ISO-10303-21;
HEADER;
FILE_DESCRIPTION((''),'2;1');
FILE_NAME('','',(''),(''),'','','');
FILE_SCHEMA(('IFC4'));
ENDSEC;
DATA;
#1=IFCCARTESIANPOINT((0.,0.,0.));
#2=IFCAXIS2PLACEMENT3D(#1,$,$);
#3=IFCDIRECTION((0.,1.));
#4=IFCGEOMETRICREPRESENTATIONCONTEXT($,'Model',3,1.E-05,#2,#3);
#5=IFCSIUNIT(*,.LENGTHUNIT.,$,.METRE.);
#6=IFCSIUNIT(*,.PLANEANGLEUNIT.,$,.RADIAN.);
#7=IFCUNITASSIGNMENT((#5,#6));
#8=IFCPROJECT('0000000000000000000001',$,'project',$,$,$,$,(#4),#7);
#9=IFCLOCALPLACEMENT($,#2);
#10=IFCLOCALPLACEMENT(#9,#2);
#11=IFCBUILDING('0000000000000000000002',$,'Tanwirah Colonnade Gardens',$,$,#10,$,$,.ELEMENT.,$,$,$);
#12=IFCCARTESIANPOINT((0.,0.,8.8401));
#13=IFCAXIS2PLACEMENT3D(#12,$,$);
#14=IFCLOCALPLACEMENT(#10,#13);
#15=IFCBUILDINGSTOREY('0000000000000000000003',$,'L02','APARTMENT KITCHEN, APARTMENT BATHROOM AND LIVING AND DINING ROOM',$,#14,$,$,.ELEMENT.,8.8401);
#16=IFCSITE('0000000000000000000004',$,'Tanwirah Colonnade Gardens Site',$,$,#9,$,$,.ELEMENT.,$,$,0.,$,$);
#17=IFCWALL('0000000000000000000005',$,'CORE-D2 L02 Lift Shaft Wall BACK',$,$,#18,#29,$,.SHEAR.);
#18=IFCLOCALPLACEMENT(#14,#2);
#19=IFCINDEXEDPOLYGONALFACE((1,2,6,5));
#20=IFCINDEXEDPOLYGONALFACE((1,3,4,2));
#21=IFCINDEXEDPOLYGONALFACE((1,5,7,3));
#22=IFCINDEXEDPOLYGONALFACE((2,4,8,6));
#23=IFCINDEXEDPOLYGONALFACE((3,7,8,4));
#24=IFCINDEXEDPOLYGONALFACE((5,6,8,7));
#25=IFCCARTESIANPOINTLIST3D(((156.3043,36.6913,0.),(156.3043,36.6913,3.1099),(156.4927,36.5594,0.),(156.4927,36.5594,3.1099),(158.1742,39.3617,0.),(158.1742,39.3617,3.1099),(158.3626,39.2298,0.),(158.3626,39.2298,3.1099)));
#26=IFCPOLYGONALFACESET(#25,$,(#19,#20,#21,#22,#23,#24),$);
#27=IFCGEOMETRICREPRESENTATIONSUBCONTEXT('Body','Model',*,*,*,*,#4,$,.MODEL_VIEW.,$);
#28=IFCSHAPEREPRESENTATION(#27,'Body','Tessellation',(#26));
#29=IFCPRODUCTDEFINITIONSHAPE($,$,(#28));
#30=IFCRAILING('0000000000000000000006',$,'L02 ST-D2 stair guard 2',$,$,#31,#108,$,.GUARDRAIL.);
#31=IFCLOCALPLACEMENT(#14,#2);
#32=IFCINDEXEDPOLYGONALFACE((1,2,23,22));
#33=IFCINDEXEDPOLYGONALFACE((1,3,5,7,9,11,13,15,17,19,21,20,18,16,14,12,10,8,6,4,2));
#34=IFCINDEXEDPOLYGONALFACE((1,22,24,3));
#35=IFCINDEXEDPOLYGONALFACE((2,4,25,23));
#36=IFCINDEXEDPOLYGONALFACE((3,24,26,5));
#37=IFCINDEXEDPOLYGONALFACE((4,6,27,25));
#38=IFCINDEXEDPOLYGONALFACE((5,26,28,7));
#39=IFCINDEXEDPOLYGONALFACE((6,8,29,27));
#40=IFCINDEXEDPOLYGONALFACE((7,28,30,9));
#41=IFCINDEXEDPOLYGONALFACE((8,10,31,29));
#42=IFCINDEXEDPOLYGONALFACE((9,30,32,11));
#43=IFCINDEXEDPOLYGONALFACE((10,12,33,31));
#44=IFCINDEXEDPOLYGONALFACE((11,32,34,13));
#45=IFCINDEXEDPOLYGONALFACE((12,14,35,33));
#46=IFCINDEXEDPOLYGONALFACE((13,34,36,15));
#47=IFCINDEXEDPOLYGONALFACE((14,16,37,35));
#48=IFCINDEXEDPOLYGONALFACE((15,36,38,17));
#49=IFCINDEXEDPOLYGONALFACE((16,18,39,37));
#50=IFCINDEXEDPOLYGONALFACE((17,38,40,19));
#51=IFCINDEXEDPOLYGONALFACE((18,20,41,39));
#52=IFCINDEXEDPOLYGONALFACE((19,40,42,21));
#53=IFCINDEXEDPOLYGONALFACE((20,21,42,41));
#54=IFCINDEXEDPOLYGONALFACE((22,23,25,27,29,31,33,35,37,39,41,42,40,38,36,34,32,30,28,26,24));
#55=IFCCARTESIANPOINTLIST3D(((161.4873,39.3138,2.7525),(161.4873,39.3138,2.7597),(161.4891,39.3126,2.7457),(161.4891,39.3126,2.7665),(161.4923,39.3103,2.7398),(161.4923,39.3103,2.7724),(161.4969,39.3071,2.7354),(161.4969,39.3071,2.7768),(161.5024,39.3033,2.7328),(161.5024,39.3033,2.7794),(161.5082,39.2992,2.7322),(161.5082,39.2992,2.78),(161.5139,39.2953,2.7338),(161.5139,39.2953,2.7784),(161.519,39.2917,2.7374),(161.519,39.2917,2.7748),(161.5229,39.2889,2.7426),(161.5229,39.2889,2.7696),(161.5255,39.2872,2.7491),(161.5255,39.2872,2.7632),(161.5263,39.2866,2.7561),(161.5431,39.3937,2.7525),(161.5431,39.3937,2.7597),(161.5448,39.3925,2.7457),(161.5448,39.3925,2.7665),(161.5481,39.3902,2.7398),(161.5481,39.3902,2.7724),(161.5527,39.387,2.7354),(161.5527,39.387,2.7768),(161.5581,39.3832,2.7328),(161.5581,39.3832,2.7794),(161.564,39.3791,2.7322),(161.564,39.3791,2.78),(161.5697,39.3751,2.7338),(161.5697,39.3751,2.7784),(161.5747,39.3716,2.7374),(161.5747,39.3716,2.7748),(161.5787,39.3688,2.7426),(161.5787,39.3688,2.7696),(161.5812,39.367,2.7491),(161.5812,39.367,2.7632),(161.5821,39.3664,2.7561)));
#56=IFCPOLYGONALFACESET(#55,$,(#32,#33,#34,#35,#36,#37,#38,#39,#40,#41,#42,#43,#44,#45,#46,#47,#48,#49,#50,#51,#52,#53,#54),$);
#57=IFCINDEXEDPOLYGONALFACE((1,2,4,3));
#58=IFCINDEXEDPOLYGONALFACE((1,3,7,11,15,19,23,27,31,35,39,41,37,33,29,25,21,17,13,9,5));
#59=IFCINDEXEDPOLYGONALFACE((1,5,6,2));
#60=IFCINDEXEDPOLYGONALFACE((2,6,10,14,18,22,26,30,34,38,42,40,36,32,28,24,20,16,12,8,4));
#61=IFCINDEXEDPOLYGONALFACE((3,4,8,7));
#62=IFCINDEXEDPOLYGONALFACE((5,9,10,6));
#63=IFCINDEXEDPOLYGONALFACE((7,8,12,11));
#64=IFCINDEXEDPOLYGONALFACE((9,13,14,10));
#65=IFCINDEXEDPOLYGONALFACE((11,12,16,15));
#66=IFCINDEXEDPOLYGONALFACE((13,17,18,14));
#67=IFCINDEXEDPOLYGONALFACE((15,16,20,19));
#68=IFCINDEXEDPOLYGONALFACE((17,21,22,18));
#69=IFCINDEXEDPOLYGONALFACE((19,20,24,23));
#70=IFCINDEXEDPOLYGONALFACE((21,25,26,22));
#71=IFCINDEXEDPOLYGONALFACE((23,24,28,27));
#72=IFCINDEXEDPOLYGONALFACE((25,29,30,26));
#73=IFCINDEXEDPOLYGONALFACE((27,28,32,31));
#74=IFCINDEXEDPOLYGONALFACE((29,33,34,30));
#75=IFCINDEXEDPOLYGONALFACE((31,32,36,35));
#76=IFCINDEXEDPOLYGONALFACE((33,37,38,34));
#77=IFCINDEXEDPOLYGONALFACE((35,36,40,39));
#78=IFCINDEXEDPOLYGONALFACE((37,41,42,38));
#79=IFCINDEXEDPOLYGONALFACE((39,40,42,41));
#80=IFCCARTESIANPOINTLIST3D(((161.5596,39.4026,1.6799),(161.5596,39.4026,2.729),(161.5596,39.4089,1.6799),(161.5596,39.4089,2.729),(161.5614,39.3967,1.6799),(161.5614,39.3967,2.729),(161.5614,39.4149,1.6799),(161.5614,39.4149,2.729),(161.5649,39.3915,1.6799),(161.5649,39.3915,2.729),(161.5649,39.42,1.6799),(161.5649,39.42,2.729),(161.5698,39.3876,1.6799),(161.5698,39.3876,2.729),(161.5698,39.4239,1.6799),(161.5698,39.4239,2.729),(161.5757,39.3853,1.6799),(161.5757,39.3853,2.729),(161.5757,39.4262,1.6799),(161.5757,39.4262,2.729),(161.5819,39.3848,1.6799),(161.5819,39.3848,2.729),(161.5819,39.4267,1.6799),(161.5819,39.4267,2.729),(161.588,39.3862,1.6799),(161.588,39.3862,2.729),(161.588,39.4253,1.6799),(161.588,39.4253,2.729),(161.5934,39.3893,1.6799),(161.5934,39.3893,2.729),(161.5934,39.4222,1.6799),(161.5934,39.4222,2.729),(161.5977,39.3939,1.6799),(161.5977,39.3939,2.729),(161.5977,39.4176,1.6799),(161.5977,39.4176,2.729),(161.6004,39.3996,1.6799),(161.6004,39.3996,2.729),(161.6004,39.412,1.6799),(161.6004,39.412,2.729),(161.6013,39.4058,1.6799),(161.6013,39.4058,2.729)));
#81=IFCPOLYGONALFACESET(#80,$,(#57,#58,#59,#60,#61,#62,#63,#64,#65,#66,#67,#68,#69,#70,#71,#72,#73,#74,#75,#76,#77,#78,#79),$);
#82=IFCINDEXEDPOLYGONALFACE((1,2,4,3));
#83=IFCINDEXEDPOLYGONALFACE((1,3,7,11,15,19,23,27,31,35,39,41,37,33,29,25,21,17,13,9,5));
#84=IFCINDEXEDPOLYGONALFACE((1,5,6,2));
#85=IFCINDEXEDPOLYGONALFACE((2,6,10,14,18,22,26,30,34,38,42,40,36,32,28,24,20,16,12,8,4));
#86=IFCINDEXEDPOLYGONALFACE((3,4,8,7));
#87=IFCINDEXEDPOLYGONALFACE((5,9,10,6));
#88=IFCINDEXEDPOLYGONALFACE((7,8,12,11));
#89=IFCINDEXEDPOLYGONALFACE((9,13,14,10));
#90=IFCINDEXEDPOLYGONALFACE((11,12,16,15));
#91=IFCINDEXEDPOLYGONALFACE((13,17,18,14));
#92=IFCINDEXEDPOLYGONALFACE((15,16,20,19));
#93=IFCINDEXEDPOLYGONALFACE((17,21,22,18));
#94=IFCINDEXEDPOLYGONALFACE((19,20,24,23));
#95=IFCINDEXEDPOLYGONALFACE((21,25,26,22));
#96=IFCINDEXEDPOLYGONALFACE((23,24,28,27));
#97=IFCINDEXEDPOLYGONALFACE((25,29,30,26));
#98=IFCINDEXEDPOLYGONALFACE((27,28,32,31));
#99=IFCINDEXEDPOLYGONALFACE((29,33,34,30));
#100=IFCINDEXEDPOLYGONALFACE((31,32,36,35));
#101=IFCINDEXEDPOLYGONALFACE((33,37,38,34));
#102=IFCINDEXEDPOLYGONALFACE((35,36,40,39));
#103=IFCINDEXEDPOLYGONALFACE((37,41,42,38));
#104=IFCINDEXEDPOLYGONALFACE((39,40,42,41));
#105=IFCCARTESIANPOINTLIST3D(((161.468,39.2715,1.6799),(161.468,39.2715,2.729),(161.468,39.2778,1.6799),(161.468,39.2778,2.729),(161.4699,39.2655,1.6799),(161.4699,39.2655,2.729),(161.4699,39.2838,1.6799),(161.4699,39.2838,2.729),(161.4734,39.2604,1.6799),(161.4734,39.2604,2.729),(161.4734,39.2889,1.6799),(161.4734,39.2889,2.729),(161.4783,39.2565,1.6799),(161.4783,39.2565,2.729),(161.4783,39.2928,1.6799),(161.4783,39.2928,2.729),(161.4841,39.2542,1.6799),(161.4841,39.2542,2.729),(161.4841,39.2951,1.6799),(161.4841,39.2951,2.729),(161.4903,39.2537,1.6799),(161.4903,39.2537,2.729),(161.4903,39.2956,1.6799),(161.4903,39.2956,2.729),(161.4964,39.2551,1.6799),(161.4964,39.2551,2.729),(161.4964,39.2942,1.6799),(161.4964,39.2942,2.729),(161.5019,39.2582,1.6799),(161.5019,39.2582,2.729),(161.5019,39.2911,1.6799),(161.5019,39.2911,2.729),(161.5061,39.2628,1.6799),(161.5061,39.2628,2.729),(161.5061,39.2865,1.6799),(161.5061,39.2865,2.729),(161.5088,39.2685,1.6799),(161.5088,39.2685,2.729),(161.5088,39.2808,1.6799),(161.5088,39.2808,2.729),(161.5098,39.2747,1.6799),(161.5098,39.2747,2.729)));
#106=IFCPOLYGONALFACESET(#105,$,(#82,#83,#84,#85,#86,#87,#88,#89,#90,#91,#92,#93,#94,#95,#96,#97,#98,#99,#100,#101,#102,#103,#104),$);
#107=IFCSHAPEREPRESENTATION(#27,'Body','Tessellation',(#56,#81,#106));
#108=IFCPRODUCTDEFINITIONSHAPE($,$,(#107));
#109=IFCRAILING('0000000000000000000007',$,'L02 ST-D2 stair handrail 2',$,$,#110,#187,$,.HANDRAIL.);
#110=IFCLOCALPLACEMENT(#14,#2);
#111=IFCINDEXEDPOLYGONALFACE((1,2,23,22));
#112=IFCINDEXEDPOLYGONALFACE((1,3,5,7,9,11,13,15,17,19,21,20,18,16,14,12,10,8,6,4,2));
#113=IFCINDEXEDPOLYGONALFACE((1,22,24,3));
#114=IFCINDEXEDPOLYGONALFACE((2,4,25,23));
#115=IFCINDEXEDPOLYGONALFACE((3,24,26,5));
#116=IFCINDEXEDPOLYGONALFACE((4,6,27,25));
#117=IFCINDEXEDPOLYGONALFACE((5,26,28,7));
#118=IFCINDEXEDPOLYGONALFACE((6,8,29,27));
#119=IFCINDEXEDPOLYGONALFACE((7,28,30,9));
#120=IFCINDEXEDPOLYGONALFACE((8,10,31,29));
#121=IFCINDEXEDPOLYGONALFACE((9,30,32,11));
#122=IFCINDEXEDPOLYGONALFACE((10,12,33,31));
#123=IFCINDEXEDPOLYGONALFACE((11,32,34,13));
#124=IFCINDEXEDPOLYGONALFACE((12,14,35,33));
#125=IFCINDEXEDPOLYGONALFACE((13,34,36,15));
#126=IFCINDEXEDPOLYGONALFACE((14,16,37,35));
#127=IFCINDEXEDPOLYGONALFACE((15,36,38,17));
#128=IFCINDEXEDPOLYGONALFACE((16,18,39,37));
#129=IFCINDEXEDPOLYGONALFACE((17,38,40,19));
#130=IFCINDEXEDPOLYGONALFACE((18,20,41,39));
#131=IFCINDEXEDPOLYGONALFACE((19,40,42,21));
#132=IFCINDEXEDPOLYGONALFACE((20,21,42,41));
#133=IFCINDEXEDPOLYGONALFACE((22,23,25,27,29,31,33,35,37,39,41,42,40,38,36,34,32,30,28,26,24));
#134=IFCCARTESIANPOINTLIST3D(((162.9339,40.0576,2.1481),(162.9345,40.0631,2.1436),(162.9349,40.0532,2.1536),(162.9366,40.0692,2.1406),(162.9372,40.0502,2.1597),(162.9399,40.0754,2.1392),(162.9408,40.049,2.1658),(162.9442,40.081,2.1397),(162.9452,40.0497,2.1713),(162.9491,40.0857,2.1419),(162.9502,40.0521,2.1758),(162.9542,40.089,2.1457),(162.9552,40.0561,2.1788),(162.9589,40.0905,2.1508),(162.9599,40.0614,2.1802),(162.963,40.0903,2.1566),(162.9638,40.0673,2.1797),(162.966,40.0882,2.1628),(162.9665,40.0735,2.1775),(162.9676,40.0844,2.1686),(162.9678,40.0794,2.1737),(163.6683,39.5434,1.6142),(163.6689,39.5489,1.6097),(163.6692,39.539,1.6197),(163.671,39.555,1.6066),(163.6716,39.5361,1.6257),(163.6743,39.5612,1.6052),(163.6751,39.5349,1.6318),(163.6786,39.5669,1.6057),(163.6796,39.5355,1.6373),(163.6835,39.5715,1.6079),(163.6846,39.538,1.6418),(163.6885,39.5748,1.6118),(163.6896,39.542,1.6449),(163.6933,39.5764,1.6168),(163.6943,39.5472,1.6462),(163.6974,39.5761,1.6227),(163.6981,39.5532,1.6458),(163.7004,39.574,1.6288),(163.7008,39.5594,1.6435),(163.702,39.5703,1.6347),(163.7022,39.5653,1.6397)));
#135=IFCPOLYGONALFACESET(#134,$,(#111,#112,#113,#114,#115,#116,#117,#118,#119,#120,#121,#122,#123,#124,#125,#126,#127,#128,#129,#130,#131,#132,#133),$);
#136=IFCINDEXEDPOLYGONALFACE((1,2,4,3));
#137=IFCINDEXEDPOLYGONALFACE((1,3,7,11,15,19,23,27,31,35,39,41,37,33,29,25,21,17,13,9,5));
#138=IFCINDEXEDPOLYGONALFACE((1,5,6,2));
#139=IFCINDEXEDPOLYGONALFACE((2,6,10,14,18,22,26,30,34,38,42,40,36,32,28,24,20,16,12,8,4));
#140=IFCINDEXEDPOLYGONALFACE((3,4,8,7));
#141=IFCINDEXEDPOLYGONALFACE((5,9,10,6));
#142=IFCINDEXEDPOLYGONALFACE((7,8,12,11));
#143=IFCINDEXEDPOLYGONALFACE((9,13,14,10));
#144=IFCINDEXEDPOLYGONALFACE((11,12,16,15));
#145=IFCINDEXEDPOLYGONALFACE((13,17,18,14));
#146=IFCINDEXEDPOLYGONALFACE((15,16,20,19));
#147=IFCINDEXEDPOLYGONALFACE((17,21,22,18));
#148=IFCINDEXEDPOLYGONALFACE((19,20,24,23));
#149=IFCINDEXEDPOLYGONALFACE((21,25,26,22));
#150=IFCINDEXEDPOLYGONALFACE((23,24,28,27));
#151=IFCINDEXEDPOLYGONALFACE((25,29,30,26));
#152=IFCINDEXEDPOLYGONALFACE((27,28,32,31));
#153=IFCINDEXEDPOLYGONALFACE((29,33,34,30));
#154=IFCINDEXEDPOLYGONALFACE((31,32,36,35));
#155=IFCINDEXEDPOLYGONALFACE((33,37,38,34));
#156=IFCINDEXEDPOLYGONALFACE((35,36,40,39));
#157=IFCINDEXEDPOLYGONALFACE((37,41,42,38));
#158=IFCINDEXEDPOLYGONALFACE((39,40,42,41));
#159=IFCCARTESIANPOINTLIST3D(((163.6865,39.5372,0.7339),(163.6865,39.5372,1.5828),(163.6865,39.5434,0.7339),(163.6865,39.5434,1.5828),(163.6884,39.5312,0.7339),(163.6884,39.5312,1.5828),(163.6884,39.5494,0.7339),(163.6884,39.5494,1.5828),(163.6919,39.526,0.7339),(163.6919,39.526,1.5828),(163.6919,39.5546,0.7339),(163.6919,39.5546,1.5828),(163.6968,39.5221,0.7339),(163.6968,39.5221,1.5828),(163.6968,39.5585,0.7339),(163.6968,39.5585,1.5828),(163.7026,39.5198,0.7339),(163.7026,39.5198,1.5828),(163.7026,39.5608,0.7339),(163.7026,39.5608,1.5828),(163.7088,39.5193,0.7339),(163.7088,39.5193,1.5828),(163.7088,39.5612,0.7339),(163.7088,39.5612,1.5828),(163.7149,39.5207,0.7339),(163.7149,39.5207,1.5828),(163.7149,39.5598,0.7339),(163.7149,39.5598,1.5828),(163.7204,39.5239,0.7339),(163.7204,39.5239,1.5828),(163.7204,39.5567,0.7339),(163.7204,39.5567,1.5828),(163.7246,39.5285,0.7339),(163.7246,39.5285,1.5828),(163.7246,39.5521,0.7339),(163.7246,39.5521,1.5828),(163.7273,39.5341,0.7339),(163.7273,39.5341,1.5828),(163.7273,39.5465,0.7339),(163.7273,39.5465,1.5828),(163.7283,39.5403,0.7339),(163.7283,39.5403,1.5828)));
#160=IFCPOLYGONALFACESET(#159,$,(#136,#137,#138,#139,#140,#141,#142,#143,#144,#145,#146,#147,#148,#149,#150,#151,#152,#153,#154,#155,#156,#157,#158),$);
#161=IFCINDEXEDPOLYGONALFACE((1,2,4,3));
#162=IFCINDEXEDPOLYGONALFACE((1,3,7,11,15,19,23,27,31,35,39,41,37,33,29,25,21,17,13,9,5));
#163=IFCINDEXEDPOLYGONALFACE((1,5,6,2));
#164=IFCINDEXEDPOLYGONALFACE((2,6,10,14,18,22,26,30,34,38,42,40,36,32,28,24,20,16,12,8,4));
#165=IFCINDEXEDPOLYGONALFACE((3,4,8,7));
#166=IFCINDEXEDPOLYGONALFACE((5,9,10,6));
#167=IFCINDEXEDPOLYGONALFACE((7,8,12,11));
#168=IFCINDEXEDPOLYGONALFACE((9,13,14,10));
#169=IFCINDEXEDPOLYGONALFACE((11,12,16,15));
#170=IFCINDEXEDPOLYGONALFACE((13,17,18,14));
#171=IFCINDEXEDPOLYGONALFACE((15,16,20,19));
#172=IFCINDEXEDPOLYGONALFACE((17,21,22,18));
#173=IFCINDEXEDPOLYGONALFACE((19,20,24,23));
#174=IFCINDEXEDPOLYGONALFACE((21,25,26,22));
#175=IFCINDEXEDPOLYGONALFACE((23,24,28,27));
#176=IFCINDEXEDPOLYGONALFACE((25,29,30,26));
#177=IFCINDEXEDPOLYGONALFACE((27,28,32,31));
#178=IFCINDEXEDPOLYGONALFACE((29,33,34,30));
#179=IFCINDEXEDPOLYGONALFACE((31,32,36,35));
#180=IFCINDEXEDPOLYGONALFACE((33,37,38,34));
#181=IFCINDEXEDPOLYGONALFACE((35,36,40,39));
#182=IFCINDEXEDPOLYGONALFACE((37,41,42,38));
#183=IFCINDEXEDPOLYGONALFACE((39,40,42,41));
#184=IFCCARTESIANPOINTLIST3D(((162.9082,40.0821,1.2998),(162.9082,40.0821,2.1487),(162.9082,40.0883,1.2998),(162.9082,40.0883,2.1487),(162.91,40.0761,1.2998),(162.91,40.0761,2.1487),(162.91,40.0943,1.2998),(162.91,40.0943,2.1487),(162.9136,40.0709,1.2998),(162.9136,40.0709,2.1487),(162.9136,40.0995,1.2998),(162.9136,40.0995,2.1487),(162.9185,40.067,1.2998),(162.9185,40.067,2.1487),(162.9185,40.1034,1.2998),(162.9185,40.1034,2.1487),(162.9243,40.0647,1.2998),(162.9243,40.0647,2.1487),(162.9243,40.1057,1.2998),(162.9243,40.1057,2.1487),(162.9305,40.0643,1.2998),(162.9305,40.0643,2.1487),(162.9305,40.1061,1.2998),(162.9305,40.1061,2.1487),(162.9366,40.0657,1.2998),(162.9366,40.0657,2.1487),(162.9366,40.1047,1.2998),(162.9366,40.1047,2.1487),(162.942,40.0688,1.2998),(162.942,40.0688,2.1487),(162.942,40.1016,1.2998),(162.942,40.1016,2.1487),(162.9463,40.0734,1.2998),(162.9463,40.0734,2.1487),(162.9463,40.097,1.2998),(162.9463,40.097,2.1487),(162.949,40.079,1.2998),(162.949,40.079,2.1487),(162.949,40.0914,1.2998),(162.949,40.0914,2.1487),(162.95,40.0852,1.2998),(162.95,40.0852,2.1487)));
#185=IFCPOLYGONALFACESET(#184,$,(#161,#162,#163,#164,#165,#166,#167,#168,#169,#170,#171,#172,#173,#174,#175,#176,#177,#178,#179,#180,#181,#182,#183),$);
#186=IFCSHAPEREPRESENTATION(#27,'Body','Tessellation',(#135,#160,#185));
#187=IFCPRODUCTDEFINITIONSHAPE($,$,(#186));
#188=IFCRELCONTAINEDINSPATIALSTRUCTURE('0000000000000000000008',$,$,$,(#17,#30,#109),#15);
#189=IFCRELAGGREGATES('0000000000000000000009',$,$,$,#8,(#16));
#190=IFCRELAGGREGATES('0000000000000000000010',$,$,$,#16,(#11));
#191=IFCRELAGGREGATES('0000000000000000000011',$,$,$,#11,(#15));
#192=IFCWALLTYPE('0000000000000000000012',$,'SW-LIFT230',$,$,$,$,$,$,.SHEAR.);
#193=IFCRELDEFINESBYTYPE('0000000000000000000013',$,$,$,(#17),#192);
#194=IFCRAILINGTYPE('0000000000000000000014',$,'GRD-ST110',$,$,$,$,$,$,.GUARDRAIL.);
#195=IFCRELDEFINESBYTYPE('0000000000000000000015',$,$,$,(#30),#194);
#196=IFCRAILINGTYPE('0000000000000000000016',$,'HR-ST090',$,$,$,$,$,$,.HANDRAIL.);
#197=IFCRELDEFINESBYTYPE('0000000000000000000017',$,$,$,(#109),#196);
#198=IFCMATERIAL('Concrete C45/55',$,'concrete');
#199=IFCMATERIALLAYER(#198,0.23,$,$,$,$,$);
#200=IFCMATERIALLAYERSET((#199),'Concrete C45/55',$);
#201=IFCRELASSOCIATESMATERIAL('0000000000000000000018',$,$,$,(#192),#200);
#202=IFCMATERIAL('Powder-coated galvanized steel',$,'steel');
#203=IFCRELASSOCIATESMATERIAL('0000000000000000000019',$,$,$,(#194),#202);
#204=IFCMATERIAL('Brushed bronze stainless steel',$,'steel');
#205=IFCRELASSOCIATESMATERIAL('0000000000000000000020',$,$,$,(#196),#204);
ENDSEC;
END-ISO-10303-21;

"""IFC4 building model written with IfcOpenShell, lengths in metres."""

from ifc_helpers import new_model, si_unit, direction, frame, frame_2d, origin, origin_2d, place, context, subcontext, project, spatial, rectangle, circle, extrude, material, layer, layer_set, type_object, element, save


model = new_model("IFC4")

# Units and contexts
model_context = context("Model", 3, precision=1e-05, world=origin(), true_north=direction((0.0, 1.0)))
body_context = subcontext(model_context, "Body", "Model", "MODEL_VIEW")
ifc_project = project(units=[si_unit("LENGTHUNIT", "METRE"), si_unit("PLANEANGLEUNIT", "RADIAN")], contexts=[model_context])

# Site, building, storey
site_placement = place(None, origin())
site = spatial("IfcSite", under=ifc_project, at=site_placement, Name="Tanwirah Colonnade Gardens Site", CompositionType="ELEMENT", RefElevation=0.0)
building_placement = place(site_placement, origin())
building = spatial("IfcBuilding", under=site, at=building_placement, Name="Tanwirah Colonnade Gardens", CompositionType="ELEMENT")
storey_placement = place(building_placement, frame((0.0, 0.0, 8.8401)))
storey = spatial("IfcBuildingStorey", under=building, at=storey_placement, Name="L02", Description="APARTMENT KITCHEN, APARTMENT BATHROOM AND LIVING AND DINING ROOM", CompositionType="ELEMENT", Elevation=8.8401)

# Wall
ifc_material_1 = material(Name="Concrete C45/55", Category="concrete")
ifc_layer_1 = layer(ifc_material_1, 0.23)
ifc_layer_set_1 = layer_set([ifc_layer_1], Name="Concrete C45/55")
wall_type_1 = type_object("IfcWallType", Name="SW-LIFT230", PredefinedType="SHEAR", material=ifc_layer_set_1)
wall_1_placement = place(storey_placement, frame((158.2683, 39.2957, 0.0), z_axis=(0.0, 0.0, 1.0), x_axis=(-0.573583, -0.819147, 0.0)))
element("IfcWall", 1, at=wall_1_placement, inside=storey, type_object=wall_type_1, Name="CORE-D2 L02 Lift Shaft Wall BACK", PredefinedType="SHEAR", context=body_context, shape_type="SweptSolid", body=[
    extrude(rectangle(XDim=3.26, YDim=0.23, at=frame_2d((1.6299, 0.0))), origin(), (0.0, 0.0, 1.0), 3.1099),
])

# Railings
ifc_material_2 = material(Name="Powder-coated galvanized steel", Category="steel")
railing_type_1 = type_object("IfcRailingType", Name="GRD-ST110", PredefinedType="GUARDRAIL", material=ifc_material_2)
railing_1_placement = place(storey_placement, frame((161.5803, 39.4058, 1.6799)))
element("IfcRailing", 2, at=railing_1_placement, inside=storey, type_object=railing_type_1, Name="L02 ST-D2 stair guard 2", PredefinedType="GUARDRAIL", context=body_context, shape_type="SweptSolid", body=[
    extrude(circle(Radius=0.0239, at=origin_2d()), frame((-0.0178, -0.0256, 1.0762), z_axis=(-0.57254, -0.819877, 0.0), x_axis=(0.819877, -0.57254, 0.0)), (0.0, 0.0, 1.0), 0.0974),
    extrude(circle(Radius=0.021, at=origin_2d()), origin(), (0.0, 0.0, 1.0), 1.0491),
    extrude(circle(Radius=0.021, at=origin_2d()), frame((-0.0916, -0.1311, 0.0)), (0.0, 0.0, 1.0), 1.0491),
])
ifc_material_3 = material(Name="Brushed bronze stainless steel", Category="steel")
railing_type_2 = type_object("IfcRailingType", Name="HR-ST090", PredefinedType="HANDRAIL", material=ifc_material_3)
railing_2_placement = place(storey_placement, frame((163.7073, 39.5403, 0.7339)))
element("IfcRailing", 3, at=railing_2_placement, inside=storey, type_object=railing_type_2, Name="L02 ST-D2 stair handrail 2", PredefinedType="HANDRAIL", context=body_context, shape_type="SweptSolid", body=[
    extrude(circle(Radius=0.0239, at=origin_2d()), frame((-0.022, 0.0154, 0.8918), z_axis=(-0.703797, 0.492747, 0.511732), x_axis=(-0.573531, -0.819184, 0.0)), (0.0, 0.0, 1.0), 1.0435),
    extrude(circle(Radius=0.021, at=origin_2d()), origin(), (0.0, 0.0, 1.0), 0.8489),
    extrude(circle(Radius=0.021, at=origin_2d()), frame((-0.7783, 0.5449, 0.5659)), (0.0, 0.0, 1.0), 0.8489),
])

save(model, "model.ifc")
